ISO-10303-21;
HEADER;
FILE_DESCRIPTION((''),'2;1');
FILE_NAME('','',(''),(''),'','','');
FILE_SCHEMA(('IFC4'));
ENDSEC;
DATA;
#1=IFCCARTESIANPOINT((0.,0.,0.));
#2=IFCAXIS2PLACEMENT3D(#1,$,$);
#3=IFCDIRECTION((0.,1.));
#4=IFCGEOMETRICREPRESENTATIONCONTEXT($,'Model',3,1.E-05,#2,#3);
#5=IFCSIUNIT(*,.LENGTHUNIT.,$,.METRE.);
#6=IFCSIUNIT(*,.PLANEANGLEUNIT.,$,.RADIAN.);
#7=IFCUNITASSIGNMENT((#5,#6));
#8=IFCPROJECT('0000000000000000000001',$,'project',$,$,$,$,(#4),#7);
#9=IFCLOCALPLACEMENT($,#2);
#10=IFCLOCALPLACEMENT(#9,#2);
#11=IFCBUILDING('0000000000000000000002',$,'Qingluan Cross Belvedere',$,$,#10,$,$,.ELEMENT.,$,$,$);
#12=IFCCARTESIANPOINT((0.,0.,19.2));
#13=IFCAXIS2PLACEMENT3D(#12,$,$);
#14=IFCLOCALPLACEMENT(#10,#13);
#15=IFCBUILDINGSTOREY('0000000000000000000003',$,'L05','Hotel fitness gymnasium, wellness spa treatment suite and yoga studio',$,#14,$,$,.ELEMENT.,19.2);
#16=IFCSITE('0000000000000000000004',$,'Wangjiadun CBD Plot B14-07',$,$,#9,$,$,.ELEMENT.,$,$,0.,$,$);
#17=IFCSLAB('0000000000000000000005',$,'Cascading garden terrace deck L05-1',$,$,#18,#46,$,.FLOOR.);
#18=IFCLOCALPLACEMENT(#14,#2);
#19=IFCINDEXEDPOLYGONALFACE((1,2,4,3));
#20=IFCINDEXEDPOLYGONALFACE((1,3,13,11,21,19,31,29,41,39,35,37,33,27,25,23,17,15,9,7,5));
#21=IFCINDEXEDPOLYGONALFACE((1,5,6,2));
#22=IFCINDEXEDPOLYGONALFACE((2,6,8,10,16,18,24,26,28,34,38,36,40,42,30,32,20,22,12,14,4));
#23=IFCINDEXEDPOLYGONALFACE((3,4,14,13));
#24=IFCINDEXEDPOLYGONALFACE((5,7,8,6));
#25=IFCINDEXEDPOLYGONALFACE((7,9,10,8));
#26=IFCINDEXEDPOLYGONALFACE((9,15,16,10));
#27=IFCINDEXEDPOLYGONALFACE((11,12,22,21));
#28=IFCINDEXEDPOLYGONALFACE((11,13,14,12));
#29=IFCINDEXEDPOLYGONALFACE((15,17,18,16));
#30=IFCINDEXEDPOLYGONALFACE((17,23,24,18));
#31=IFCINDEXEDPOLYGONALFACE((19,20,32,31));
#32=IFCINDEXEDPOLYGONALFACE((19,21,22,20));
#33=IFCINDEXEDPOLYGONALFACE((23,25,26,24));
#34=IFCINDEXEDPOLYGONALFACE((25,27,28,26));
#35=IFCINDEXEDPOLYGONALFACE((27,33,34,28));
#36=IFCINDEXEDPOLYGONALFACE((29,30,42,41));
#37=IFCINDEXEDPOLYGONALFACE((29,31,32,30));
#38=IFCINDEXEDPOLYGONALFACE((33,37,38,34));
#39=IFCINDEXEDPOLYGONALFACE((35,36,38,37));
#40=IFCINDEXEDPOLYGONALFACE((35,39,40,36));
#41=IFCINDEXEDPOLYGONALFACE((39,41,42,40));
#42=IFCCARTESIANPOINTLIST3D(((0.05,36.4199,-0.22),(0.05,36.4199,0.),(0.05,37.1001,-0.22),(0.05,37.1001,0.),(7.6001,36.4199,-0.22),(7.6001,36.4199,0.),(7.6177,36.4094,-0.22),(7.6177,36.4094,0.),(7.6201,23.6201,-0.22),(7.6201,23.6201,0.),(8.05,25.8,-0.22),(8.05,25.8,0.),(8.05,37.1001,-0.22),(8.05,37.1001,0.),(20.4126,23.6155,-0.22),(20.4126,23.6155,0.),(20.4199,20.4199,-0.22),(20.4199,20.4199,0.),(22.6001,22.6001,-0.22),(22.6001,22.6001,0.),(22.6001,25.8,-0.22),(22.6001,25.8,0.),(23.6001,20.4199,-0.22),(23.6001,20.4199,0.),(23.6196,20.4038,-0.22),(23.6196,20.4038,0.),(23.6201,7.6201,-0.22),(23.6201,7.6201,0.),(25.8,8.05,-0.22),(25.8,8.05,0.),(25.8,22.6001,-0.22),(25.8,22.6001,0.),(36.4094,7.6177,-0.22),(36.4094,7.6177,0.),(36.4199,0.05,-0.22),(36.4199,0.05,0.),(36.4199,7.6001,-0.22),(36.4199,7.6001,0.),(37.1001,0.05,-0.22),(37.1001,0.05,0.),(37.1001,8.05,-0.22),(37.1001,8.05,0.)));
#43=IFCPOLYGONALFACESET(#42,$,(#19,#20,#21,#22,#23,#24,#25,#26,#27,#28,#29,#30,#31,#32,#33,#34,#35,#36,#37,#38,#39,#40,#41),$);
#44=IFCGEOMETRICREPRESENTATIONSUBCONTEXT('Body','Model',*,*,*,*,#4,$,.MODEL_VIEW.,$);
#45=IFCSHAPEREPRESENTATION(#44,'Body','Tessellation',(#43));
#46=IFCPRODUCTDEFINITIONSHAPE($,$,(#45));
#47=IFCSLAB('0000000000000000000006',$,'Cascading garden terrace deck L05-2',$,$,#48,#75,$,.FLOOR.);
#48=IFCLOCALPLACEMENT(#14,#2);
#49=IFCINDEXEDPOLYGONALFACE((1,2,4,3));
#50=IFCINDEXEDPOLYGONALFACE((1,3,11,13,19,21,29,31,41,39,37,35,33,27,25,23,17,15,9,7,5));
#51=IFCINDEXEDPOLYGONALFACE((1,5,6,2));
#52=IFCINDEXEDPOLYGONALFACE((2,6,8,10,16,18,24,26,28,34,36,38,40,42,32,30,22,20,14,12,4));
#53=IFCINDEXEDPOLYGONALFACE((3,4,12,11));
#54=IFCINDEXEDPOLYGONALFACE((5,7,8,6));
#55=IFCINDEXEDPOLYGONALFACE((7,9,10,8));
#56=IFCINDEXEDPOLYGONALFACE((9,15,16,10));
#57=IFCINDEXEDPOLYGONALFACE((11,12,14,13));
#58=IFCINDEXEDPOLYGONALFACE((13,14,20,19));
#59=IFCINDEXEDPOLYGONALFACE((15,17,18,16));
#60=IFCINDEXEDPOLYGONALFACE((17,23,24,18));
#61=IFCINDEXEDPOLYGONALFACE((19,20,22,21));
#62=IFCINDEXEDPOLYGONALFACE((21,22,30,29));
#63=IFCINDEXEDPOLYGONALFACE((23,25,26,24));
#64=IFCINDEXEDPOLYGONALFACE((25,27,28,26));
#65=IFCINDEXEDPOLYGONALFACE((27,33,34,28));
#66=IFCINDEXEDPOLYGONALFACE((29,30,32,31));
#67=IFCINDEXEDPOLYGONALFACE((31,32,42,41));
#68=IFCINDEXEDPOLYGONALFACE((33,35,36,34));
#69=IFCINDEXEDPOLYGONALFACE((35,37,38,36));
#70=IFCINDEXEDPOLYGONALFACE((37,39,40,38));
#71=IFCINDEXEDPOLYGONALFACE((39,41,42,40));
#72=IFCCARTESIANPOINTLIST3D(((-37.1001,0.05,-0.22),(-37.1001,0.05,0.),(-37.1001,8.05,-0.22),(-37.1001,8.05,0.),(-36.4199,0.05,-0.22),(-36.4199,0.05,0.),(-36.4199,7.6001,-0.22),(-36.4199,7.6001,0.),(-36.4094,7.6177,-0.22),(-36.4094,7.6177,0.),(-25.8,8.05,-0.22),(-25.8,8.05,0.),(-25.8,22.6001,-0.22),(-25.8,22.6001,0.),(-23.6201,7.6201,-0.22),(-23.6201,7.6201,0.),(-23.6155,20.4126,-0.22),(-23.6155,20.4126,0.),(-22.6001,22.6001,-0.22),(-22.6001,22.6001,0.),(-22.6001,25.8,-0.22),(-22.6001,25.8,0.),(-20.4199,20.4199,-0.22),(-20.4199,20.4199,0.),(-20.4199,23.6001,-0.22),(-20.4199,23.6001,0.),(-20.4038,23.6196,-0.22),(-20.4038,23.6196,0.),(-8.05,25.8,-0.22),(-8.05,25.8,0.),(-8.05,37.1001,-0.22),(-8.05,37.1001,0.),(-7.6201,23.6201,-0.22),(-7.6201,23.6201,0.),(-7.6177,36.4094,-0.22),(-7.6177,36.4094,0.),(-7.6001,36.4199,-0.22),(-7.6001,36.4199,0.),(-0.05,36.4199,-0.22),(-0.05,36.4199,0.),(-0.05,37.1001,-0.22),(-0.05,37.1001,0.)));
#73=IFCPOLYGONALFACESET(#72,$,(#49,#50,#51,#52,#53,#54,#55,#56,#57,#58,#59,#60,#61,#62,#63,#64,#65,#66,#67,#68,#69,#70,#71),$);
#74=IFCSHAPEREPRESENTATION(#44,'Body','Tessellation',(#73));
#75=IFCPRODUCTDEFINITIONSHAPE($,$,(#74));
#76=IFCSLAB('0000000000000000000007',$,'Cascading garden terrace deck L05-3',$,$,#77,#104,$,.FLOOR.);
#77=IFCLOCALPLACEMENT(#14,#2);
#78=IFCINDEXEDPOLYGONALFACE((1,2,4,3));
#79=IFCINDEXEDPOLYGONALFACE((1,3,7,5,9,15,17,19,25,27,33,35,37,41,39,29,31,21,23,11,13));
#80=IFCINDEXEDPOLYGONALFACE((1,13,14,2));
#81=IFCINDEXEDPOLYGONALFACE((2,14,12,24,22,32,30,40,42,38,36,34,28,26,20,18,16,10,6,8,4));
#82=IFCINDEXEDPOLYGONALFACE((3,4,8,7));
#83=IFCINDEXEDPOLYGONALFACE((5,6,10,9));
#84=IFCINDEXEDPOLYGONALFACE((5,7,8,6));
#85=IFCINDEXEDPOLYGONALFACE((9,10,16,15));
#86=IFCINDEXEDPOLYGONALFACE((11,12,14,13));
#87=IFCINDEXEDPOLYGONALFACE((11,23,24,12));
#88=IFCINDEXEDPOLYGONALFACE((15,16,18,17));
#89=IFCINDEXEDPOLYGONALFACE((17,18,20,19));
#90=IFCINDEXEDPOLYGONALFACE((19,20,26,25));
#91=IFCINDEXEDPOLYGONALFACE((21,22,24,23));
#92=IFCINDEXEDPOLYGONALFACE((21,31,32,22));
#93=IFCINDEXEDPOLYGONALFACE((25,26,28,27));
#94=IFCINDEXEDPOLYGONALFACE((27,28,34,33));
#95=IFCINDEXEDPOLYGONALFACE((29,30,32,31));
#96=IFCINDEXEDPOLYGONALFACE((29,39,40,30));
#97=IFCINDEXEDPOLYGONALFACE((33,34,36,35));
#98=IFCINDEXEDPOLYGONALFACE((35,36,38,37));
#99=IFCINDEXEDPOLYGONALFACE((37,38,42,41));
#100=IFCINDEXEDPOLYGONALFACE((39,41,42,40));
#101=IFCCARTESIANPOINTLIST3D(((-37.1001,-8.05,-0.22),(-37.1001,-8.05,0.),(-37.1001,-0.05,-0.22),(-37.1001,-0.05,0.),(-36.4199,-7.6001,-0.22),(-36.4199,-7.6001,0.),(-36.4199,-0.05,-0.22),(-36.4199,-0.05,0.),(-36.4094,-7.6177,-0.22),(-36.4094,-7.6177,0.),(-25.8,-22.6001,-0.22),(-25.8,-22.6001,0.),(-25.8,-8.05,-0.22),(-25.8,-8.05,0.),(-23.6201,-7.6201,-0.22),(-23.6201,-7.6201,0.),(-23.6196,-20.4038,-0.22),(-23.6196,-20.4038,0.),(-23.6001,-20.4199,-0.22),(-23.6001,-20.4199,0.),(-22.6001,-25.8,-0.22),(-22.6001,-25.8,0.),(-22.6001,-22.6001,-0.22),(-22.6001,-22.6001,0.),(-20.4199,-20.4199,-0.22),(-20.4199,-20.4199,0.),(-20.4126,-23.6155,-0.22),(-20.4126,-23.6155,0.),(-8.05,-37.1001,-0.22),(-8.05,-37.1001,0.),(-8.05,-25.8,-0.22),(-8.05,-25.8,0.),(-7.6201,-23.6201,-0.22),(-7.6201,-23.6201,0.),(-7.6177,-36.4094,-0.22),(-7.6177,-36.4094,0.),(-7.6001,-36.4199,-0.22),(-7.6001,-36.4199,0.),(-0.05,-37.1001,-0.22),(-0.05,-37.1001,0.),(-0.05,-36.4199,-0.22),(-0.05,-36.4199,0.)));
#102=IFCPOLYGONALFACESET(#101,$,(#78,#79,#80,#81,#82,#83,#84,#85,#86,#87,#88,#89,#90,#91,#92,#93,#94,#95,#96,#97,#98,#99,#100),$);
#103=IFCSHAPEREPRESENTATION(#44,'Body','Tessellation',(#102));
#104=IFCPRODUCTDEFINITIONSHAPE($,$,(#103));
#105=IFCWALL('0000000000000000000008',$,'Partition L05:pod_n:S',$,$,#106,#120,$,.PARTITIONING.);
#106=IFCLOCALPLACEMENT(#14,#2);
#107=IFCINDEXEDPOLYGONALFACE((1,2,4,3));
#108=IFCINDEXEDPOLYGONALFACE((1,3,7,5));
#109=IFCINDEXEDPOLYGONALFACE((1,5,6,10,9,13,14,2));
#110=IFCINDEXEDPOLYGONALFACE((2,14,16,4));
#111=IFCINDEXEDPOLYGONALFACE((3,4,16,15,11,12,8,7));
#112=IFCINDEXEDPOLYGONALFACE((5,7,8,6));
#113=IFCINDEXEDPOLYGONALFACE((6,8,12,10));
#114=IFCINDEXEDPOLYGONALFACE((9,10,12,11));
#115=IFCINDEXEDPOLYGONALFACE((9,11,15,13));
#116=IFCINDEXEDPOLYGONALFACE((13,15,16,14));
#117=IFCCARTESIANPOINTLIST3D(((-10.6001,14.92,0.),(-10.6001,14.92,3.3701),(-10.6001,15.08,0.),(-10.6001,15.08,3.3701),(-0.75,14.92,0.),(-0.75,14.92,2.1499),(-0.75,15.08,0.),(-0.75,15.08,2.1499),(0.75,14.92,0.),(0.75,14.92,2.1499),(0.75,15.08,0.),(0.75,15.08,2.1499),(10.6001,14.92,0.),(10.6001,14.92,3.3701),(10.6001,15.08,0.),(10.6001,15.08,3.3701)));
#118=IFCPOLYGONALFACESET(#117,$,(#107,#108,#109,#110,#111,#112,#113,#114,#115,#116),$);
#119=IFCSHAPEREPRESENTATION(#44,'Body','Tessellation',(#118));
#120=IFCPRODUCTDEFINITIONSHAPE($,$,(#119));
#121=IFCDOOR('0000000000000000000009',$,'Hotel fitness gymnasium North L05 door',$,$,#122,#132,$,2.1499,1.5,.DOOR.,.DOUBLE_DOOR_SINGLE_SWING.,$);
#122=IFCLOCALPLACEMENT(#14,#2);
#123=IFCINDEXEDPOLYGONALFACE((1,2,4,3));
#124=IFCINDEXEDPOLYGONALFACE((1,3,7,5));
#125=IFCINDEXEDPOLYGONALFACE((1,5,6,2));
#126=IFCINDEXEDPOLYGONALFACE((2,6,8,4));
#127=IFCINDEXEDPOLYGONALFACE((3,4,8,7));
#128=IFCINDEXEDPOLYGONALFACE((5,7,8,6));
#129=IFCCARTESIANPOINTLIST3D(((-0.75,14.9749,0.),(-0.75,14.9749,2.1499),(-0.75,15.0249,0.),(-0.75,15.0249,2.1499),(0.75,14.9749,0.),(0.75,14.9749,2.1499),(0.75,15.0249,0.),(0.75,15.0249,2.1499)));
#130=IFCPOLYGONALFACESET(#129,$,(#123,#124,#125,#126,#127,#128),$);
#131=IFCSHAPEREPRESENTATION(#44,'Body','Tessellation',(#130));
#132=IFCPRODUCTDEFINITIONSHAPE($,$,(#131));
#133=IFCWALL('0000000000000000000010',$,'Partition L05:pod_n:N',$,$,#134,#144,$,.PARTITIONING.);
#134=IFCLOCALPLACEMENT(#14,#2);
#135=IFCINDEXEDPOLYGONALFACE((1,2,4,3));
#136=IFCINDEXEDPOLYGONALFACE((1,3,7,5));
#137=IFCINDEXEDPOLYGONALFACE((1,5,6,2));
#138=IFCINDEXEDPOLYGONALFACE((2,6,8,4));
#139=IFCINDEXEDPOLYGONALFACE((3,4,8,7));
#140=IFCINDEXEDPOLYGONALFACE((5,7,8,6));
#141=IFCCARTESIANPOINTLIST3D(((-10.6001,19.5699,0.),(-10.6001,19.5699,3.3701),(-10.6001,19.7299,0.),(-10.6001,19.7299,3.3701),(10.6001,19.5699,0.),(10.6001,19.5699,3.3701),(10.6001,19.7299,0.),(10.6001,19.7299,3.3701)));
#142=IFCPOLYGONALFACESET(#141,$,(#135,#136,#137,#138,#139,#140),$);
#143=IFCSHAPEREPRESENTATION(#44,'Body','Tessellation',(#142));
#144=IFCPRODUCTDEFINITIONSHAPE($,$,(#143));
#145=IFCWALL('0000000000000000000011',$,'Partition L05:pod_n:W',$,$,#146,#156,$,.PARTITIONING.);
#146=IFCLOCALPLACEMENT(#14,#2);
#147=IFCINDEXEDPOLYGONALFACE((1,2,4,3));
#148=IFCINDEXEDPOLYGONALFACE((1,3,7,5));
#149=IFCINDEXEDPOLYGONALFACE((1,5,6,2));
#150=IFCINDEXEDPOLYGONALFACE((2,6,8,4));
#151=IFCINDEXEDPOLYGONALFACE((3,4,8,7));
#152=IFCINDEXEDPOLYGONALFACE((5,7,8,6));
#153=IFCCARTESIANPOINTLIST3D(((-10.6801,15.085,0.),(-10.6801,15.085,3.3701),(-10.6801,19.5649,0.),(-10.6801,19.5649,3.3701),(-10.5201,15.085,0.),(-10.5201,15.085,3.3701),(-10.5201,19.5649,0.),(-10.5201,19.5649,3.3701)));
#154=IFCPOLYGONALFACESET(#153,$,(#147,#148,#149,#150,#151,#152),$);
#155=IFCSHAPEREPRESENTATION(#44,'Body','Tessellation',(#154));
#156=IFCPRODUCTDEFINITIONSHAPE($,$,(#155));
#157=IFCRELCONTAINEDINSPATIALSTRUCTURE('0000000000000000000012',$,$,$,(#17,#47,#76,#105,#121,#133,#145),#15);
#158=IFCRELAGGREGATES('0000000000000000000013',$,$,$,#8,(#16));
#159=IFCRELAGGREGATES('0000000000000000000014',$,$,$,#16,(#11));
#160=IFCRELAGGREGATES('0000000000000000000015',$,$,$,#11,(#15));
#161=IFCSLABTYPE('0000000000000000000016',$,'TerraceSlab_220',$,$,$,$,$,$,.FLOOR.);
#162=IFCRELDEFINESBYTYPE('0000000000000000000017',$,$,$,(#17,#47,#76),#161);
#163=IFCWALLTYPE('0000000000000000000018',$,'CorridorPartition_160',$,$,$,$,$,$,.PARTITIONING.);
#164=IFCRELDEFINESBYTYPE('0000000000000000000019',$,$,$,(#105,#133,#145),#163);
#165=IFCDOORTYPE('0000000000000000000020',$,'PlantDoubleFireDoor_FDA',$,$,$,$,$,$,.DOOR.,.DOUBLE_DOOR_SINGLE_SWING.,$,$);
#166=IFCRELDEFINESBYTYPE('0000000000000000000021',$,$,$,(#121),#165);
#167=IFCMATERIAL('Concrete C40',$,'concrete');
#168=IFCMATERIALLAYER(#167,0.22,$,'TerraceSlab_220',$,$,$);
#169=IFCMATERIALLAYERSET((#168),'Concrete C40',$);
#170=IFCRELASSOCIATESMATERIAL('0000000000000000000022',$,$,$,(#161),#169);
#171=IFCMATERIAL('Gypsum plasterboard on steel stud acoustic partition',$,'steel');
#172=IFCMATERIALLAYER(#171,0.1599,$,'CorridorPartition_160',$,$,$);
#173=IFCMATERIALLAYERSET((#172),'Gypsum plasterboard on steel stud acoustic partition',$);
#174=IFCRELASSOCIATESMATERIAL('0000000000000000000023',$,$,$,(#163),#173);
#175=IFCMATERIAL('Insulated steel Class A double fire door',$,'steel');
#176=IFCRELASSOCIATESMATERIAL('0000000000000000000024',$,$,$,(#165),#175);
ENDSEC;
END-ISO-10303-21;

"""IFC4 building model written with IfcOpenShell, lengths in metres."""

from ifc_helpers import new_model, si_unit, direction, frame, frame_2d, origin, place, context, subcontext, project, spatial, polyline, rectangle, outline, extrude, material, layer, layer_set, type_object, element, fill, save


model = new_model("IFC4")

# Units and contexts
model_context = context("Model", 3, precision=1e-05, world=origin(), true_north=direction((0.0, 1.0)))
body_context = subcontext(model_context, "Body", "Model", "MODEL_VIEW")
ifc_project = project(units=[si_unit("LENGTHUNIT", "METRE"), si_unit("PLANEANGLEUNIT", "RADIAN")], contexts=[model_context])

# Site, building, storey
site_placement = place(None, origin())
site = spatial("IfcSite", under=ifc_project, at=site_placement, Name="Wangjiadun CBD Plot B14-07", CompositionType="ELEMENT", RefElevation=0.0)
building_placement = place(site_placement, origin())
building = spatial("IfcBuilding", under=site, at=building_placement, Name="Qingluan Cross Belvedere", CompositionType="ELEMENT")
storey_placement = place(building_placement, frame((0.0, 0.0, 19.2)))
storey = spatial("IfcBuildingStorey", under=building, at=storey_placement, Name="L05", Description="Hotel fitness gymnasium, wellness spa treatment suite and yoga studio", CompositionType="ELEMENT", Elevation=19.2)

# Slabs
ifc_material_1 = material(Name="Concrete C40", Category="concrete")
ifc_layer_1 = layer(ifc_material_1, 0.22, Name="TerraceSlab_220")
ifc_layer_set_1 = layer_set([ifc_layer_1], Name="Concrete C40")
slab_type_1 = type_object("IfcSlabType", Name="TerraceSlab_220", PredefinedType="FLOOR", material=ifc_layer_set_1)
slab_1_placement = place(storey_placement, frame((0.0, 0.0, -0.22)))
element("IfcSlab", 1, at=slab_1_placement, inside=storey, type_object=slab_type_1, Name="Cascading garden terrace deck L05-1", PredefinedType="FLOOR", context=body_context, shape_type="SweptSolid", body=[
    extrude(outline(polyline([(0.05, 37.1001), (0.05, 36.4199), (7.6001, 36.4199), (7.6177, 36.4094), (7.6201, 23.6201), (20.4126, 23.6155), (20.4199, 20.4199), (23.6001, 20.4199), (23.6196, 20.4038), (23.6201, 7.6201), (36.4094, 7.6177), (36.4199, 7.6001), (36.4199, 0.05), (37.1001, 0.05), (37.1001, 8.05), (25.8, 8.05), (25.8, 22.6001), (22.6001, 22.6001), (22.6001, 25.8), (8.05, 25.8), (8.05, 37.1001), (0.05, 37.1001)])), origin(), (0.0, 0.0, 1.0), 0.22),
])
slab_2_placement = place(storey_placement, frame((0.0, 0.0, -0.22)))
element("IfcSlab", 2, at=slab_2_placement, inside=storey, type_object=slab_type_1, Name="Cascading garden terrace deck L05-2", PredefinedType="FLOOR", context=body_context, shape_type="SweptSolid", body=[
    extrude(outline(polyline([(-37.1001, 0.05), (-36.4199, 0.05), (-36.4199, 7.6001), (-36.4094, 7.6177), (-23.6201, 7.6201), (-23.6155, 20.4126), (-20.4199, 20.4199), (-20.4199, 23.6001), (-20.4038, 23.6196), (-7.6201, 23.6201), (-7.6177, 36.4094), (-7.6001, 36.4199), (-0.05, 36.4199), (-0.05, 37.1001), (-8.05, 37.1001), (-8.05, 25.8), (-22.6001, 25.8), (-22.6001, 22.6001), (-25.8, 22.6001), (-25.8, 8.05), (-37.1001, 8.05), (-37.1001, 0.05)])), origin(), (0.0, 0.0, 1.0), 0.22),
])
slab_3_placement = place(storey_placement, frame((0.0, 0.0, -0.22)))
element("IfcSlab", 3, at=slab_3_placement, inside=storey, type_object=slab_type_1, Name="Cascading garden terrace deck L05-3", PredefinedType="FLOOR", context=body_context, shape_type="SweptSolid", body=[
    extrude(outline(polyline([(-0.05, -37.1001), (-0.05, -36.4199), (-7.6001, -36.4199), (-7.6177, -36.4094), (-7.6201, -23.6201), (-20.4126, -23.6155), (-20.4199, -20.4199), (-23.6001, -20.4199), (-23.6196, -20.4038), (-23.6201, -7.6201), (-36.4094, -7.6177), (-36.4199, -7.6001), (-36.4199, -0.05), (-37.1001, -0.05), (-37.1001, -8.05), (-25.8, -8.05), (-25.8, -22.6001), (-22.6001, -22.6001), (-22.6001, -25.8), (-8.05, -25.8), (-8.05, -37.1001), (-0.05, -37.1001)])), origin(), (0.0, 0.0, 1.0), 0.22),
])

# Wall, opening, door
ifc_material_2 = material(Name="Gypsum plasterboard on steel stud acoustic partition", Category="steel")
ifc_layer_2 = layer(ifc_material_2, 0.1599, Name="CorridorPartition_160")
ifc_layer_set_2 = layer_set([ifc_layer_2], Name="Gypsum plasterboard on steel stud acoustic partition")
wall_type_1 = type_object("IfcWallType", Name="CorridorPartition_160", PredefinedType="PARTITIONING", material=ifc_layer_set_2)
wall_1_placement = place(storey_placement, frame((-10.6001, 15.0, 0.0), z_axis=(0.0, 0.0, 1.0), x_axis=(1.0, 0.0, 0.0)))
wall_1 = element("IfcWall", 4, at=wall_1_placement, inside=storey, type_object=wall_type_1, Name="Partition L05:pod_n:S", PredefinedType="PARTITIONING", context=body_context, shape_type="SweptSolid", body=[
    extrude(rectangle(XDim=21.2002, YDim=0.1599, at=frame_2d((10.6001, 0.0))), origin(), (0.0, 0.0, 1.0), 3.3701),
])
opening_1_placement = place(wall_1_placement, frame((9.8501, 0.0, 0.0)))
opening_1 = element("IfcOpeningElement", 5, at=opening_1_placement, cuts=wall_1, PredefinedType="OPENING", context=body_context, shape_type="SweptSolid", body=[
    extrude(rectangle(XDim=1.5, YDim=2.1499, at=frame_2d((0.75, 1.075))), frame((0.0, 0.0898, 0.0), z_axis=(0.0, -1.0, 0.0), x_axis=(1.0, 0.0, 0.0)), (0.0, 0.0, 1.0), 0.1799),
])
ifc_material_3 = material(Name="Insulated steel Class A double fire door", Category="steel")
door_type_1 = type_object("IfcDoorType", Name="PlantDoubleFireDoor_FDA", OperationType="DOUBLE_DOOR_SINGLE_SWING", PredefinedType="DOOR", material=ifc_material_3)
door_1_placement = place(opening_1_placement, origin())
door_1 = element("IfcDoor", 6, at=door_1_placement, inside=storey, type_object=door_type_1, Name="Hotel fitness gymnasium North L05 door", OperationType="DOUBLE_DOOR_SINGLE_SWING", OverallHeight=2.1499, OverallWidth=1.5, PredefinedType="DOOR", context=body_context, shape_type="SweptSolid", body=[
    extrude(rectangle(XDim=1.5, YDim=2.1499, at=frame_2d((0.75, 1.075))), frame((0.0, 0.0249, 0.0), z_axis=(0.0, -1.0, 0.0), x_axis=(1.0, 0.0, 0.0)), (0.0, 0.0, 1.0), 0.05),
])
fill(opening_1, door_1)

# Walls
wall_2_placement = place(storey_placement, frame((-10.6001, 19.6499, 0.0), z_axis=(0.0, 0.0, 1.0), x_axis=(1.0, 0.0, 0.0)))
element("IfcWall", 7, at=wall_2_placement, inside=storey, type_object=wall_type_1, Name="Partition L05:pod_n:N", PredefinedType="PARTITIONING", context=body_context, shape_type="SweptSolid", body=[
    extrude(rectangle(XDim=21.2002, YDim=0.1599, at=frame_2d((10.6001, 0.0))), origin(), (0.0, 0.0, 1.0), 3.3701),
])
wall_3_placement = place(storey_placement, frame((-10.6001, 15.085, 0.0), z_axis=(0.0, 0.0, 1.0), x_axis=(0.0, 1.0, 0.0)))
element("IfcWall", 8, at=wall_3_placement, inside=storey, type_object=wall_type_1, Name="Partition L05:pod_n:W", PredefinedType="PARTITIONING", context=body_context, shape_type="SweptSolid", body=[
    extrude(rectangle(XDim=4.48, YDim=0.1599, at=frame_2d((2.24, 0.0))), origin(), (0.0, 0.0, 1.0), 3.3701),
])

save(model, "model.ifc")
